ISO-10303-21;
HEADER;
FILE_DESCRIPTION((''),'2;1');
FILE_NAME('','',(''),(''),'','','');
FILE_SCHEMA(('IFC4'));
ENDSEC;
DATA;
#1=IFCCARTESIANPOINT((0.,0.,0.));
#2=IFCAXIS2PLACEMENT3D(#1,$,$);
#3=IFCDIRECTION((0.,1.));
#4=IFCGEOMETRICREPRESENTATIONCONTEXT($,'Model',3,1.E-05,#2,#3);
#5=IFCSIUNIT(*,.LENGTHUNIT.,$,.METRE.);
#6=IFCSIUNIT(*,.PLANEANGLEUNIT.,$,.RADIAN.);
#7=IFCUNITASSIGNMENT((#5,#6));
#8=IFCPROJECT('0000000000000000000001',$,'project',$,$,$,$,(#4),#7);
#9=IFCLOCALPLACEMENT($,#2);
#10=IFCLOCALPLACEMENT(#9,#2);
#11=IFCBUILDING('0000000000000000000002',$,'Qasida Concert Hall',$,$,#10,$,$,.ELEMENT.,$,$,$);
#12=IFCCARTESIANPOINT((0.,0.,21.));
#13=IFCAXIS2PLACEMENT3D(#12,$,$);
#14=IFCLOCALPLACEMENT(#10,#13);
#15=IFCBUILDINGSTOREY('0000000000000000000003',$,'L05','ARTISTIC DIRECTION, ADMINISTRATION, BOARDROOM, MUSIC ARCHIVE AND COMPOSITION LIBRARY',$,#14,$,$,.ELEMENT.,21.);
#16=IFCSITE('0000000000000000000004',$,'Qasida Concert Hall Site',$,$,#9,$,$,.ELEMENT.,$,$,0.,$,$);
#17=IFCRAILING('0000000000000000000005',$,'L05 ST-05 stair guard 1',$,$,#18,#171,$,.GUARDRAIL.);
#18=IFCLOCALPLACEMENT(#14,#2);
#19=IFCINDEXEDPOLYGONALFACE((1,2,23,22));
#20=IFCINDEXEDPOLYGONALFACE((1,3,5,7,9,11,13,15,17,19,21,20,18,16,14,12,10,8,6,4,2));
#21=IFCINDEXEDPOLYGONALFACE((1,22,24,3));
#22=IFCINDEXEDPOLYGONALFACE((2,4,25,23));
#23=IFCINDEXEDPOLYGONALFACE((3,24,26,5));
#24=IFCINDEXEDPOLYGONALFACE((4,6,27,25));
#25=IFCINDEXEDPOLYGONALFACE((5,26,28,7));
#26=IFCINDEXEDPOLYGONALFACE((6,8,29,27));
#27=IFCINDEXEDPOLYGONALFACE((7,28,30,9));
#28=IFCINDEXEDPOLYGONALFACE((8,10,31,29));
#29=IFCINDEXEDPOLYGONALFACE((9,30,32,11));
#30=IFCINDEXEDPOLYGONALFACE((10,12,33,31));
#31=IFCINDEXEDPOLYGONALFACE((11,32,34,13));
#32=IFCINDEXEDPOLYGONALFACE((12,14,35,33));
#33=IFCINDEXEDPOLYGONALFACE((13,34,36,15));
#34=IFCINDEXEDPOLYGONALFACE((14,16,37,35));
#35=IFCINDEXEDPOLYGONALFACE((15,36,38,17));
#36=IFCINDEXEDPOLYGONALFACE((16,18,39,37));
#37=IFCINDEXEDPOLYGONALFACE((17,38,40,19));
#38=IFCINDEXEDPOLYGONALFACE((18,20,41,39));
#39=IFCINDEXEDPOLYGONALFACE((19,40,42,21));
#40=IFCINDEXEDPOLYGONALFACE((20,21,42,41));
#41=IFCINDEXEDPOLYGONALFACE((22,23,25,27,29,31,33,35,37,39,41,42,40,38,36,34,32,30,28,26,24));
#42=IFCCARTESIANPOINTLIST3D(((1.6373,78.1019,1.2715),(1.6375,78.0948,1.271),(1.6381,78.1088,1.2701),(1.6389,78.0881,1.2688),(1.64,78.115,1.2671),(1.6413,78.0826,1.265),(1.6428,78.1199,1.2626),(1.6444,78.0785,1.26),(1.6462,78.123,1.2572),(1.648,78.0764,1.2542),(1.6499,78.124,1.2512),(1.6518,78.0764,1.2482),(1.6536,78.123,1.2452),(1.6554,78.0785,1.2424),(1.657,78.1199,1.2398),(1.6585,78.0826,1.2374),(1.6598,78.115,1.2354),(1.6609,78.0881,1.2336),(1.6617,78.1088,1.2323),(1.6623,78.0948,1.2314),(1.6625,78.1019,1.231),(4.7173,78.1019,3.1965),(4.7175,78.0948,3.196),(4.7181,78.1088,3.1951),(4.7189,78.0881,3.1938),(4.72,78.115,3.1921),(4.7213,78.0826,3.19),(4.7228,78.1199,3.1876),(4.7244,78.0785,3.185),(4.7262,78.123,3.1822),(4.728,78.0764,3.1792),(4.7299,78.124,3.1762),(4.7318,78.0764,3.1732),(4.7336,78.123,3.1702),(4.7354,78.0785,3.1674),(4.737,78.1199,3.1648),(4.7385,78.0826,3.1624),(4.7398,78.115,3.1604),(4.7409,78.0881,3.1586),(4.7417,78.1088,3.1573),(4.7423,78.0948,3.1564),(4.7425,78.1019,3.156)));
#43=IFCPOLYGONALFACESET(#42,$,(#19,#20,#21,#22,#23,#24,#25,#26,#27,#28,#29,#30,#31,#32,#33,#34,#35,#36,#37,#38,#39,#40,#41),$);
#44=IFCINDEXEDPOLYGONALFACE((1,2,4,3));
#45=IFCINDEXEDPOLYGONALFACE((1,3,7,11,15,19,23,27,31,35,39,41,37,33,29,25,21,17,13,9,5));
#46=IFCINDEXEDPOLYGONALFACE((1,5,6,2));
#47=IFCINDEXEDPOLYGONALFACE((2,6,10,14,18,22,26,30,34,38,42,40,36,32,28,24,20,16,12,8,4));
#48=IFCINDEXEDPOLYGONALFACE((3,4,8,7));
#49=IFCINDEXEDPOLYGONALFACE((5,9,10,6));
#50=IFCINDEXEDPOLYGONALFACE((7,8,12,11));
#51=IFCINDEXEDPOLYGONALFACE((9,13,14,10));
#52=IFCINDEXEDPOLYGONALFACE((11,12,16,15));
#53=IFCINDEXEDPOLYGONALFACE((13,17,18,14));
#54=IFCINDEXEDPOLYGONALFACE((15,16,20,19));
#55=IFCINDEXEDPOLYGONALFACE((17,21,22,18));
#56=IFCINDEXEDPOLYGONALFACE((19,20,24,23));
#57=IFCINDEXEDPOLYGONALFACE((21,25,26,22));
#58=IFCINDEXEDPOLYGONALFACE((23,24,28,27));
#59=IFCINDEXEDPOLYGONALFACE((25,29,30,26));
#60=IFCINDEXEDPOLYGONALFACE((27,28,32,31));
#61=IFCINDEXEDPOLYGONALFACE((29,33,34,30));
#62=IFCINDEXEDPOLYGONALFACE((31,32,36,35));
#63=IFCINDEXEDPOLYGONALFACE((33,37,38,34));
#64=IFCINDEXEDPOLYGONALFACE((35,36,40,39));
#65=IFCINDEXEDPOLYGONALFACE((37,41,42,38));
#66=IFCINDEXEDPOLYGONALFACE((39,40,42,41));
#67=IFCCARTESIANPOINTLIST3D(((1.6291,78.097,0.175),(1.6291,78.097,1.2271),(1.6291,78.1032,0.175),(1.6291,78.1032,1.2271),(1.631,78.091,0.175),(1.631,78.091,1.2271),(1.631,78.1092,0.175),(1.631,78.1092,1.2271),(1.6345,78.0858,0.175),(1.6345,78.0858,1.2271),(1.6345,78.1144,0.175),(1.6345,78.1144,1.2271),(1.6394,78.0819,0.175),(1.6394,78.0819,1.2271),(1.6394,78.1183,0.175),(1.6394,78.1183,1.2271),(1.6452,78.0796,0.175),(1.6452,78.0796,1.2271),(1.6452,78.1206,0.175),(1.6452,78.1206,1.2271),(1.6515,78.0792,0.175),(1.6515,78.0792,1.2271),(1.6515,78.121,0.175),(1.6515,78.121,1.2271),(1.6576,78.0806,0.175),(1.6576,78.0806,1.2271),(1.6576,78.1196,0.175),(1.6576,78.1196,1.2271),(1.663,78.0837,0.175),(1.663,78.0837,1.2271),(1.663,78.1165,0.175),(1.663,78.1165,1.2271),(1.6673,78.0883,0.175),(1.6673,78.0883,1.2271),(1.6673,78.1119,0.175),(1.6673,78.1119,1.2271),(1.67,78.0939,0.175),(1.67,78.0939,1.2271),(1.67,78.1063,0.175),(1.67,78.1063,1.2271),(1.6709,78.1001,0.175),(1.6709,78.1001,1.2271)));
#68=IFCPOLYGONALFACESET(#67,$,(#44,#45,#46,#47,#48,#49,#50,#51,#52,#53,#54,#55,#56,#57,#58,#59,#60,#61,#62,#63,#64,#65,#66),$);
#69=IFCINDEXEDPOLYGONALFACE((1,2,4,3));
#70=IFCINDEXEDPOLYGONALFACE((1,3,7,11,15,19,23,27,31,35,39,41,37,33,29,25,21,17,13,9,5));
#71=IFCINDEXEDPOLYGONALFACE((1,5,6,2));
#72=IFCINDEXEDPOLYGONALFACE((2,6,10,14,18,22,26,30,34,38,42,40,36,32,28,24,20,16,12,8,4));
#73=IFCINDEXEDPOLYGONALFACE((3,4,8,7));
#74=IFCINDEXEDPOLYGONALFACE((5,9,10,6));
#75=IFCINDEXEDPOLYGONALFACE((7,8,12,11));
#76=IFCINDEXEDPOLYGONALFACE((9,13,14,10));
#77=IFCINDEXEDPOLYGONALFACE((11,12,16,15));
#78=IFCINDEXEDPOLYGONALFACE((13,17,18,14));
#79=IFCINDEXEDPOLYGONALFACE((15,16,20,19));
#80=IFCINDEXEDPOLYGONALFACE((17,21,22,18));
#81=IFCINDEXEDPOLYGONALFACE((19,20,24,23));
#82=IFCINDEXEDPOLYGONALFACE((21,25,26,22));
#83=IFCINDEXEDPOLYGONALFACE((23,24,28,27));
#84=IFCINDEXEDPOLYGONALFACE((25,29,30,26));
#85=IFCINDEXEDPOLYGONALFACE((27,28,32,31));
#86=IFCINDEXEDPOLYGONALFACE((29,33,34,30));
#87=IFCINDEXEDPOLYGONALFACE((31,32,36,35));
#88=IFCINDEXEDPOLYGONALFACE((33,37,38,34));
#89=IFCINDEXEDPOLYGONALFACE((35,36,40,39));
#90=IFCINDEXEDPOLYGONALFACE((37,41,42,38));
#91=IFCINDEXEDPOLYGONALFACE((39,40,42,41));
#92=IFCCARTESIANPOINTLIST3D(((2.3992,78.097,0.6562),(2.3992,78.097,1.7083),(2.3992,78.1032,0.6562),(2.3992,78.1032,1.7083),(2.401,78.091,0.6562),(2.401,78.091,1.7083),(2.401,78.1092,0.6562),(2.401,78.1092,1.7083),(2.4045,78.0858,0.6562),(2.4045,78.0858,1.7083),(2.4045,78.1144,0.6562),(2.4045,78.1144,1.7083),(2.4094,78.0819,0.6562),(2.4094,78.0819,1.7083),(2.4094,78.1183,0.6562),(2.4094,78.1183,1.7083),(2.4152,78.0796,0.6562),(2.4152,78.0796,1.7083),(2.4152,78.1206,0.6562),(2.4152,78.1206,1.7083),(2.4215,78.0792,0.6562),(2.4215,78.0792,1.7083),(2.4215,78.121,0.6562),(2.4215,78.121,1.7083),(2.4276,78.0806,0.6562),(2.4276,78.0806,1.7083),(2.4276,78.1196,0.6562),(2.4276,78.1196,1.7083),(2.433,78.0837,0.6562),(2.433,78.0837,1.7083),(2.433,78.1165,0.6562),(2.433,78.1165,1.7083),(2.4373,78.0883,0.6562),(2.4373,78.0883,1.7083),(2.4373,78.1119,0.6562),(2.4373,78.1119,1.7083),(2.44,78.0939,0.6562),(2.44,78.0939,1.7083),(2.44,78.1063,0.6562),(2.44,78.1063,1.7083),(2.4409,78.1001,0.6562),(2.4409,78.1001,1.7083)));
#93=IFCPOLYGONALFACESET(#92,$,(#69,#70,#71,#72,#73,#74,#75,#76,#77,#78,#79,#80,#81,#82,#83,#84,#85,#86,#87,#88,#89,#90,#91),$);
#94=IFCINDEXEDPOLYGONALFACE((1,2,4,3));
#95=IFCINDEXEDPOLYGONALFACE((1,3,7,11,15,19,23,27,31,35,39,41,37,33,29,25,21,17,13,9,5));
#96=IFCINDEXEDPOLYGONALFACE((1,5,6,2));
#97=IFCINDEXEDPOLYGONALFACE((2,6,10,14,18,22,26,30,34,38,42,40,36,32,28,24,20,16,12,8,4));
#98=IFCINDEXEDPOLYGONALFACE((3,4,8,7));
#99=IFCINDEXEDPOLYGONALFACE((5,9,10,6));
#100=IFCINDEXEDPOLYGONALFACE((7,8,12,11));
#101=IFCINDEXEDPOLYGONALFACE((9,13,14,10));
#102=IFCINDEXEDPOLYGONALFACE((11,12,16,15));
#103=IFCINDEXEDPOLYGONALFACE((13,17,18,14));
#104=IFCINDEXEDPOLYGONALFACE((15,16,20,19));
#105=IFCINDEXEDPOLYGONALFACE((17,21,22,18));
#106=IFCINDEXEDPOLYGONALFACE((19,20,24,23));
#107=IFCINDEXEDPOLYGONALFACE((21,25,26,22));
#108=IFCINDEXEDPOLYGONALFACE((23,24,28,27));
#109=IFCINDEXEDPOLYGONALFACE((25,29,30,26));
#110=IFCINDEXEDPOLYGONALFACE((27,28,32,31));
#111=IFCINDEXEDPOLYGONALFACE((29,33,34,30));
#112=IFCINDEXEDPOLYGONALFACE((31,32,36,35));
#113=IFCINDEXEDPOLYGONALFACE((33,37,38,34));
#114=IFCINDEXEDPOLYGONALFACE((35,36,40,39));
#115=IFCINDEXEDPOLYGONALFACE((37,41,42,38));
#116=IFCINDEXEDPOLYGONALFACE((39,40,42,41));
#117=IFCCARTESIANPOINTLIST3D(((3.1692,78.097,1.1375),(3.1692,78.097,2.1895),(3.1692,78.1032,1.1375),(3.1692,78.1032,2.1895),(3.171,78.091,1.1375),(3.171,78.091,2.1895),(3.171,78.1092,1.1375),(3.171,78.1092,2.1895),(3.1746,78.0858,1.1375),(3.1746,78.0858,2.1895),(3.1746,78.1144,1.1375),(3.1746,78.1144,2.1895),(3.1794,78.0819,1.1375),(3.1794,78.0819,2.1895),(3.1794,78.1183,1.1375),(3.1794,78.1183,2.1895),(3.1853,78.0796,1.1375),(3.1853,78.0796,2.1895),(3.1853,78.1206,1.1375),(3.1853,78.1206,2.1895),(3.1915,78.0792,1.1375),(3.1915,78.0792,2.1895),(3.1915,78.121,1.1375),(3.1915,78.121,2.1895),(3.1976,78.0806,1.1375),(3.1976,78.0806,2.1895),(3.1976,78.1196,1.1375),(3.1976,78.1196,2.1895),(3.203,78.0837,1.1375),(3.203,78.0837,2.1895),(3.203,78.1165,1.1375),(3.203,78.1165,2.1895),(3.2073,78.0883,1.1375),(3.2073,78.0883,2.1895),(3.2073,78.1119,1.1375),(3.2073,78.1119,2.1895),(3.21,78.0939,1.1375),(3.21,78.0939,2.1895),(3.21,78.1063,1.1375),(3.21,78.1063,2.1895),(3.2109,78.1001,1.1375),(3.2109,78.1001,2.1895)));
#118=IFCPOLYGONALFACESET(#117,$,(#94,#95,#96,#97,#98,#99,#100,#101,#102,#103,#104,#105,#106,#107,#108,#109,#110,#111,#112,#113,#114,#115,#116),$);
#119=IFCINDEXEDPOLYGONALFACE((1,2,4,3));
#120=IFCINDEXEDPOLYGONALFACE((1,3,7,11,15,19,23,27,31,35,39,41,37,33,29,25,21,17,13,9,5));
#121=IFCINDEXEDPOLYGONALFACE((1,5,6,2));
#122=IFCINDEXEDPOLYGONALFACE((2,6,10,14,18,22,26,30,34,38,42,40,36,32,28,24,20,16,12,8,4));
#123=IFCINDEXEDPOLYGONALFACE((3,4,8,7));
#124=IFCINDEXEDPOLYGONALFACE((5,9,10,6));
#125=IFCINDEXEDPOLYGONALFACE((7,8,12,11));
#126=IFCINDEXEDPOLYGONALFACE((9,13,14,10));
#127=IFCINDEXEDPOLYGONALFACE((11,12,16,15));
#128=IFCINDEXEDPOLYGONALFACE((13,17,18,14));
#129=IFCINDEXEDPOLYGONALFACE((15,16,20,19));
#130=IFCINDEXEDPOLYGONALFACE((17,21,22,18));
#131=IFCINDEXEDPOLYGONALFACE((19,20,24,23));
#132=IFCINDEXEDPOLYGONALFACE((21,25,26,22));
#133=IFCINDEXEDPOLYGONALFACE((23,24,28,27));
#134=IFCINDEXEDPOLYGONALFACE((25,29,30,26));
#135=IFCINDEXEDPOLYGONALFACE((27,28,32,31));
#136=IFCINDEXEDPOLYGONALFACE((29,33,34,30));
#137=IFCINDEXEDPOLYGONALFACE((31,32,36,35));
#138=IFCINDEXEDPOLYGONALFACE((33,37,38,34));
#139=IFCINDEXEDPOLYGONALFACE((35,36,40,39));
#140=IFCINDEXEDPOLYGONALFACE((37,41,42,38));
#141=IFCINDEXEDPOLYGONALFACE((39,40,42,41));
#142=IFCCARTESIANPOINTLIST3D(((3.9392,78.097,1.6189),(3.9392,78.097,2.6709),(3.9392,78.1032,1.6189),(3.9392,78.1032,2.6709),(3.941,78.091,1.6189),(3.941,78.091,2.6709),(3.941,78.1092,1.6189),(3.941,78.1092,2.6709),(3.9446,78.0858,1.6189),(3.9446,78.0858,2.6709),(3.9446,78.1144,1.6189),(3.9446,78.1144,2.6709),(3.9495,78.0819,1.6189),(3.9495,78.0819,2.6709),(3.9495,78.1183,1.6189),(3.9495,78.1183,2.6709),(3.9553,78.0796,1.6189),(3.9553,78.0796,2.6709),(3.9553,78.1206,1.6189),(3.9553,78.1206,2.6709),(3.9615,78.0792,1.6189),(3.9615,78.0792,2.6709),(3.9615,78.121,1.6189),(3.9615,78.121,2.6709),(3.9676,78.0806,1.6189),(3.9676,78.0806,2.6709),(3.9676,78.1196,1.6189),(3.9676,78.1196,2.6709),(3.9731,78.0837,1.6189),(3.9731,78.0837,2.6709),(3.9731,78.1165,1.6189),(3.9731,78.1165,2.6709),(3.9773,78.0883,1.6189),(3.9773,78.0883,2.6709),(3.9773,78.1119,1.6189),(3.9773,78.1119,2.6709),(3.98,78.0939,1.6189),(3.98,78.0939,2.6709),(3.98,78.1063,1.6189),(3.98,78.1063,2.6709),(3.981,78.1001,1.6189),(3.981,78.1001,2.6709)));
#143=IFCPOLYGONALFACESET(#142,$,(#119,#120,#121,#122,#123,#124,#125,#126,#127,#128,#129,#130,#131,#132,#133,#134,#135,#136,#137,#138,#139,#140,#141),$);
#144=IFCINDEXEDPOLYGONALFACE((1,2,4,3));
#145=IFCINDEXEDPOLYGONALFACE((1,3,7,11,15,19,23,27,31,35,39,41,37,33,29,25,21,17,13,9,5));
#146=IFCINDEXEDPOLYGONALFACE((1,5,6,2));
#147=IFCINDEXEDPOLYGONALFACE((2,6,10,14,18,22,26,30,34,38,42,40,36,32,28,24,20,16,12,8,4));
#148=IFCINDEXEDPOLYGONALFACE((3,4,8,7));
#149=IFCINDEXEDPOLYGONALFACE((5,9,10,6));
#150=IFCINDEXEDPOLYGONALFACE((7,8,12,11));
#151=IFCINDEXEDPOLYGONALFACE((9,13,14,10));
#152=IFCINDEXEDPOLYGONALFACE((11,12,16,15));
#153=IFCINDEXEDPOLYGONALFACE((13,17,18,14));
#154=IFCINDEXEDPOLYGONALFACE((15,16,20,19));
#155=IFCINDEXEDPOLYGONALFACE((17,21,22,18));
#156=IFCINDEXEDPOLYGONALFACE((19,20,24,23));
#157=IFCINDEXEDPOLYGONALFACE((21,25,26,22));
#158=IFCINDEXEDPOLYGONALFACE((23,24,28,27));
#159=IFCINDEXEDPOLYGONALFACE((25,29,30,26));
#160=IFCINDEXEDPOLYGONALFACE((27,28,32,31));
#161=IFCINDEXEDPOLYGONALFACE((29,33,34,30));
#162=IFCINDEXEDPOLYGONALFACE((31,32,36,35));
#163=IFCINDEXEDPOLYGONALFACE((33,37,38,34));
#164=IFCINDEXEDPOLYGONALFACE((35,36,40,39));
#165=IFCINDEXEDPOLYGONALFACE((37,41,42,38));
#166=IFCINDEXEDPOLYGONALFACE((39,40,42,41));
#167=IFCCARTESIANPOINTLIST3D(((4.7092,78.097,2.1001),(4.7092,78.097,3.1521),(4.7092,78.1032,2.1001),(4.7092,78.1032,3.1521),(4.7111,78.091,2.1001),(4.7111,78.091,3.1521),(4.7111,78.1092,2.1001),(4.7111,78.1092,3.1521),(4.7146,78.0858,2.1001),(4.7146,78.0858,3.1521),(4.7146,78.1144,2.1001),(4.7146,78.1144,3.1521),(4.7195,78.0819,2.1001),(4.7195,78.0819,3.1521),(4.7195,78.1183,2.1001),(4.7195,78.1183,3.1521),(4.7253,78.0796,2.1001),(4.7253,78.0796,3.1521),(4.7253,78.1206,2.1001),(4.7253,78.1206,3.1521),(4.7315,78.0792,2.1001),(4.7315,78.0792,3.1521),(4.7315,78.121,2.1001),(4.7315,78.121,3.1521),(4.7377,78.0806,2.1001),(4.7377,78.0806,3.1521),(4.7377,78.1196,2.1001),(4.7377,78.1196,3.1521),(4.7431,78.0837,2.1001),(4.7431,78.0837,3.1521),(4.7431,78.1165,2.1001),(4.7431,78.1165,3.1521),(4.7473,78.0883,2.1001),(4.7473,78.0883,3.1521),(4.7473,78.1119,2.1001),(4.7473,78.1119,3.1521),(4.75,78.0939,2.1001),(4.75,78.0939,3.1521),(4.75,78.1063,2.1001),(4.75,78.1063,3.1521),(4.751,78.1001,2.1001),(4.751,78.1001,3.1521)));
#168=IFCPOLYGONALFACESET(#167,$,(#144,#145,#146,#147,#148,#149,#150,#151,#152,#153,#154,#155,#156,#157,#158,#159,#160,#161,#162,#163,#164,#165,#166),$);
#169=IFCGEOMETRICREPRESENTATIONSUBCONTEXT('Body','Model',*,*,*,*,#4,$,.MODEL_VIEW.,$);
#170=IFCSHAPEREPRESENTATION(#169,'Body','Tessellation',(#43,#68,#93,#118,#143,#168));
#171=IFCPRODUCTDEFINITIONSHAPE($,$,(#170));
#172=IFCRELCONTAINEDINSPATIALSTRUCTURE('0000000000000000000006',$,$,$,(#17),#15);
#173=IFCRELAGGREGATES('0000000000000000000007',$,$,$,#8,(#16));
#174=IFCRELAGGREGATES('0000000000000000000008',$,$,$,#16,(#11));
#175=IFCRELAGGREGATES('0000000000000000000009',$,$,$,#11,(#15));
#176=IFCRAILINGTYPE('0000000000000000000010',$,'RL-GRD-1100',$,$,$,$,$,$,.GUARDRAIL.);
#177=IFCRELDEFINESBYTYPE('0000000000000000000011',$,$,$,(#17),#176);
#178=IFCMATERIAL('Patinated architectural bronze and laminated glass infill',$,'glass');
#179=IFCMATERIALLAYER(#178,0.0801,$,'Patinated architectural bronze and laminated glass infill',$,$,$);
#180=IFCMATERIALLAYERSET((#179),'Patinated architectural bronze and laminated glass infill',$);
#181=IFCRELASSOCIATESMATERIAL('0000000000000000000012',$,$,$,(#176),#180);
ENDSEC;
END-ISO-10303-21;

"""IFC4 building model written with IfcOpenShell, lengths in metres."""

from ifc_helpers import new_model, si_unit, direction, frame, origin, origin_2d, place, context, subcontext, project, spatial, circle, extrude, material, layer, layer_set, type_object, element, save


model = new_model("IFC4")

# Units and contexts
model_context = context("Model", 3, precision=1e-05, world=origin(), true_north=direction((0.0, 1.0)))
body_context = subcontext(model_context, "Body", "Model", "MODEL_VIEW")
ifc_project = project(units=[si_unit("LENGTHUNIT", "METRE"), si_unit("PLANEANGLEUNIT", "RADIAN")], contexts=[model_context])

# Site, building, storey
site_placement = place(None, origin())
site = spatial("IfcSite", under=ifc_project, at=site_placement, Name="Qasida Concert Hall Site", CompositionType="ELEMENT", RefElevation=0.0)
building_placement = place(site_placement, origin())
building = spatial("IfcBuilding", under=site, at=building_placement, Name="Qasida Concert Hall", CompositionType="ELEMENT")
storey_placement = place(building_placement, frame((0.0, 0.0, 21.0)))
storey = spatial("IfcBuildingStorey", under=building, at=storey_placement, Name="L05", Description="ARTISTIC DIRECTION, ADMINISTRATION, BOARDROOM, MUSIC ARCHIVE AND COMPOSITION LIBRARY", CompositionType="ELEMENT", Elevation=21.0)

# Railing
ifc_material_1 = material(Name="Patinated architectural bronze and laminated glass infill", Category="glass")
ifc_layer_1 = layer(ifc_material_1, 0.0801, Name="Patinated architectural bronze and laminated glass infill")
ifc_layer_set_1 = layer_set([ifc_layer_1], Name="Patinated architectural bronze and laminated glass infill")
railing_type_1 = type_object("IfcRailingType", Name="RL-GRD-1100", PredefinedType="GUARDRAIL", material=ifc_layer_set_1)
railing_1_placement = place(storey_placement, frame((1.6499, 78.1001, 0.175)))
element("IfcRailing", 1, at=railing_1_placement, inside=storey, type_object=railing_type_1, Name="L05 ST-05 stair guard 1", PredefinedType="GUARDRAIL", context=body_context, shape_type="SweptSolid", body=[
    extrude(circle(Radius=0.0239, at=origin_2d()), frame((0.0, 0.0, 1.0762), z_axis=(0.847998, 0.0, 0.529999), x_axis=(0.0, 1.0, 0.0)), (0.0, 0.0, 1.0), 3.6321),
    extrude(circle(Radius=0.021, at=origin_2d()), origin(), (0.0, 0.0, 1.0), 1.052),
    extrude(circle(Radius=0.021, at=origin_2d()), frame((0.77, 0.0, 0.4812)), (0.0, 0.0, 1.0), 1.052),
    extrude(circle(Radius=0.021, at=origin_2d()), frame((1.54, 0.0, 0.9624)), (0.0, 0.0, 1.0), 1.052),
    extrude(circle(Radius=0.021, at=origin_2d()), frame((2.3101, 0.0, 1.4438)), (0.0, 0.0, 1.0), 1.052),
    extrude(circle(Radius=0.021, at=origin_2d()), frame((3.0801, 0.0, 1.925)), (0.0, 0.0, 1.0), 1.052),
])

save(model, "model.ifc")
